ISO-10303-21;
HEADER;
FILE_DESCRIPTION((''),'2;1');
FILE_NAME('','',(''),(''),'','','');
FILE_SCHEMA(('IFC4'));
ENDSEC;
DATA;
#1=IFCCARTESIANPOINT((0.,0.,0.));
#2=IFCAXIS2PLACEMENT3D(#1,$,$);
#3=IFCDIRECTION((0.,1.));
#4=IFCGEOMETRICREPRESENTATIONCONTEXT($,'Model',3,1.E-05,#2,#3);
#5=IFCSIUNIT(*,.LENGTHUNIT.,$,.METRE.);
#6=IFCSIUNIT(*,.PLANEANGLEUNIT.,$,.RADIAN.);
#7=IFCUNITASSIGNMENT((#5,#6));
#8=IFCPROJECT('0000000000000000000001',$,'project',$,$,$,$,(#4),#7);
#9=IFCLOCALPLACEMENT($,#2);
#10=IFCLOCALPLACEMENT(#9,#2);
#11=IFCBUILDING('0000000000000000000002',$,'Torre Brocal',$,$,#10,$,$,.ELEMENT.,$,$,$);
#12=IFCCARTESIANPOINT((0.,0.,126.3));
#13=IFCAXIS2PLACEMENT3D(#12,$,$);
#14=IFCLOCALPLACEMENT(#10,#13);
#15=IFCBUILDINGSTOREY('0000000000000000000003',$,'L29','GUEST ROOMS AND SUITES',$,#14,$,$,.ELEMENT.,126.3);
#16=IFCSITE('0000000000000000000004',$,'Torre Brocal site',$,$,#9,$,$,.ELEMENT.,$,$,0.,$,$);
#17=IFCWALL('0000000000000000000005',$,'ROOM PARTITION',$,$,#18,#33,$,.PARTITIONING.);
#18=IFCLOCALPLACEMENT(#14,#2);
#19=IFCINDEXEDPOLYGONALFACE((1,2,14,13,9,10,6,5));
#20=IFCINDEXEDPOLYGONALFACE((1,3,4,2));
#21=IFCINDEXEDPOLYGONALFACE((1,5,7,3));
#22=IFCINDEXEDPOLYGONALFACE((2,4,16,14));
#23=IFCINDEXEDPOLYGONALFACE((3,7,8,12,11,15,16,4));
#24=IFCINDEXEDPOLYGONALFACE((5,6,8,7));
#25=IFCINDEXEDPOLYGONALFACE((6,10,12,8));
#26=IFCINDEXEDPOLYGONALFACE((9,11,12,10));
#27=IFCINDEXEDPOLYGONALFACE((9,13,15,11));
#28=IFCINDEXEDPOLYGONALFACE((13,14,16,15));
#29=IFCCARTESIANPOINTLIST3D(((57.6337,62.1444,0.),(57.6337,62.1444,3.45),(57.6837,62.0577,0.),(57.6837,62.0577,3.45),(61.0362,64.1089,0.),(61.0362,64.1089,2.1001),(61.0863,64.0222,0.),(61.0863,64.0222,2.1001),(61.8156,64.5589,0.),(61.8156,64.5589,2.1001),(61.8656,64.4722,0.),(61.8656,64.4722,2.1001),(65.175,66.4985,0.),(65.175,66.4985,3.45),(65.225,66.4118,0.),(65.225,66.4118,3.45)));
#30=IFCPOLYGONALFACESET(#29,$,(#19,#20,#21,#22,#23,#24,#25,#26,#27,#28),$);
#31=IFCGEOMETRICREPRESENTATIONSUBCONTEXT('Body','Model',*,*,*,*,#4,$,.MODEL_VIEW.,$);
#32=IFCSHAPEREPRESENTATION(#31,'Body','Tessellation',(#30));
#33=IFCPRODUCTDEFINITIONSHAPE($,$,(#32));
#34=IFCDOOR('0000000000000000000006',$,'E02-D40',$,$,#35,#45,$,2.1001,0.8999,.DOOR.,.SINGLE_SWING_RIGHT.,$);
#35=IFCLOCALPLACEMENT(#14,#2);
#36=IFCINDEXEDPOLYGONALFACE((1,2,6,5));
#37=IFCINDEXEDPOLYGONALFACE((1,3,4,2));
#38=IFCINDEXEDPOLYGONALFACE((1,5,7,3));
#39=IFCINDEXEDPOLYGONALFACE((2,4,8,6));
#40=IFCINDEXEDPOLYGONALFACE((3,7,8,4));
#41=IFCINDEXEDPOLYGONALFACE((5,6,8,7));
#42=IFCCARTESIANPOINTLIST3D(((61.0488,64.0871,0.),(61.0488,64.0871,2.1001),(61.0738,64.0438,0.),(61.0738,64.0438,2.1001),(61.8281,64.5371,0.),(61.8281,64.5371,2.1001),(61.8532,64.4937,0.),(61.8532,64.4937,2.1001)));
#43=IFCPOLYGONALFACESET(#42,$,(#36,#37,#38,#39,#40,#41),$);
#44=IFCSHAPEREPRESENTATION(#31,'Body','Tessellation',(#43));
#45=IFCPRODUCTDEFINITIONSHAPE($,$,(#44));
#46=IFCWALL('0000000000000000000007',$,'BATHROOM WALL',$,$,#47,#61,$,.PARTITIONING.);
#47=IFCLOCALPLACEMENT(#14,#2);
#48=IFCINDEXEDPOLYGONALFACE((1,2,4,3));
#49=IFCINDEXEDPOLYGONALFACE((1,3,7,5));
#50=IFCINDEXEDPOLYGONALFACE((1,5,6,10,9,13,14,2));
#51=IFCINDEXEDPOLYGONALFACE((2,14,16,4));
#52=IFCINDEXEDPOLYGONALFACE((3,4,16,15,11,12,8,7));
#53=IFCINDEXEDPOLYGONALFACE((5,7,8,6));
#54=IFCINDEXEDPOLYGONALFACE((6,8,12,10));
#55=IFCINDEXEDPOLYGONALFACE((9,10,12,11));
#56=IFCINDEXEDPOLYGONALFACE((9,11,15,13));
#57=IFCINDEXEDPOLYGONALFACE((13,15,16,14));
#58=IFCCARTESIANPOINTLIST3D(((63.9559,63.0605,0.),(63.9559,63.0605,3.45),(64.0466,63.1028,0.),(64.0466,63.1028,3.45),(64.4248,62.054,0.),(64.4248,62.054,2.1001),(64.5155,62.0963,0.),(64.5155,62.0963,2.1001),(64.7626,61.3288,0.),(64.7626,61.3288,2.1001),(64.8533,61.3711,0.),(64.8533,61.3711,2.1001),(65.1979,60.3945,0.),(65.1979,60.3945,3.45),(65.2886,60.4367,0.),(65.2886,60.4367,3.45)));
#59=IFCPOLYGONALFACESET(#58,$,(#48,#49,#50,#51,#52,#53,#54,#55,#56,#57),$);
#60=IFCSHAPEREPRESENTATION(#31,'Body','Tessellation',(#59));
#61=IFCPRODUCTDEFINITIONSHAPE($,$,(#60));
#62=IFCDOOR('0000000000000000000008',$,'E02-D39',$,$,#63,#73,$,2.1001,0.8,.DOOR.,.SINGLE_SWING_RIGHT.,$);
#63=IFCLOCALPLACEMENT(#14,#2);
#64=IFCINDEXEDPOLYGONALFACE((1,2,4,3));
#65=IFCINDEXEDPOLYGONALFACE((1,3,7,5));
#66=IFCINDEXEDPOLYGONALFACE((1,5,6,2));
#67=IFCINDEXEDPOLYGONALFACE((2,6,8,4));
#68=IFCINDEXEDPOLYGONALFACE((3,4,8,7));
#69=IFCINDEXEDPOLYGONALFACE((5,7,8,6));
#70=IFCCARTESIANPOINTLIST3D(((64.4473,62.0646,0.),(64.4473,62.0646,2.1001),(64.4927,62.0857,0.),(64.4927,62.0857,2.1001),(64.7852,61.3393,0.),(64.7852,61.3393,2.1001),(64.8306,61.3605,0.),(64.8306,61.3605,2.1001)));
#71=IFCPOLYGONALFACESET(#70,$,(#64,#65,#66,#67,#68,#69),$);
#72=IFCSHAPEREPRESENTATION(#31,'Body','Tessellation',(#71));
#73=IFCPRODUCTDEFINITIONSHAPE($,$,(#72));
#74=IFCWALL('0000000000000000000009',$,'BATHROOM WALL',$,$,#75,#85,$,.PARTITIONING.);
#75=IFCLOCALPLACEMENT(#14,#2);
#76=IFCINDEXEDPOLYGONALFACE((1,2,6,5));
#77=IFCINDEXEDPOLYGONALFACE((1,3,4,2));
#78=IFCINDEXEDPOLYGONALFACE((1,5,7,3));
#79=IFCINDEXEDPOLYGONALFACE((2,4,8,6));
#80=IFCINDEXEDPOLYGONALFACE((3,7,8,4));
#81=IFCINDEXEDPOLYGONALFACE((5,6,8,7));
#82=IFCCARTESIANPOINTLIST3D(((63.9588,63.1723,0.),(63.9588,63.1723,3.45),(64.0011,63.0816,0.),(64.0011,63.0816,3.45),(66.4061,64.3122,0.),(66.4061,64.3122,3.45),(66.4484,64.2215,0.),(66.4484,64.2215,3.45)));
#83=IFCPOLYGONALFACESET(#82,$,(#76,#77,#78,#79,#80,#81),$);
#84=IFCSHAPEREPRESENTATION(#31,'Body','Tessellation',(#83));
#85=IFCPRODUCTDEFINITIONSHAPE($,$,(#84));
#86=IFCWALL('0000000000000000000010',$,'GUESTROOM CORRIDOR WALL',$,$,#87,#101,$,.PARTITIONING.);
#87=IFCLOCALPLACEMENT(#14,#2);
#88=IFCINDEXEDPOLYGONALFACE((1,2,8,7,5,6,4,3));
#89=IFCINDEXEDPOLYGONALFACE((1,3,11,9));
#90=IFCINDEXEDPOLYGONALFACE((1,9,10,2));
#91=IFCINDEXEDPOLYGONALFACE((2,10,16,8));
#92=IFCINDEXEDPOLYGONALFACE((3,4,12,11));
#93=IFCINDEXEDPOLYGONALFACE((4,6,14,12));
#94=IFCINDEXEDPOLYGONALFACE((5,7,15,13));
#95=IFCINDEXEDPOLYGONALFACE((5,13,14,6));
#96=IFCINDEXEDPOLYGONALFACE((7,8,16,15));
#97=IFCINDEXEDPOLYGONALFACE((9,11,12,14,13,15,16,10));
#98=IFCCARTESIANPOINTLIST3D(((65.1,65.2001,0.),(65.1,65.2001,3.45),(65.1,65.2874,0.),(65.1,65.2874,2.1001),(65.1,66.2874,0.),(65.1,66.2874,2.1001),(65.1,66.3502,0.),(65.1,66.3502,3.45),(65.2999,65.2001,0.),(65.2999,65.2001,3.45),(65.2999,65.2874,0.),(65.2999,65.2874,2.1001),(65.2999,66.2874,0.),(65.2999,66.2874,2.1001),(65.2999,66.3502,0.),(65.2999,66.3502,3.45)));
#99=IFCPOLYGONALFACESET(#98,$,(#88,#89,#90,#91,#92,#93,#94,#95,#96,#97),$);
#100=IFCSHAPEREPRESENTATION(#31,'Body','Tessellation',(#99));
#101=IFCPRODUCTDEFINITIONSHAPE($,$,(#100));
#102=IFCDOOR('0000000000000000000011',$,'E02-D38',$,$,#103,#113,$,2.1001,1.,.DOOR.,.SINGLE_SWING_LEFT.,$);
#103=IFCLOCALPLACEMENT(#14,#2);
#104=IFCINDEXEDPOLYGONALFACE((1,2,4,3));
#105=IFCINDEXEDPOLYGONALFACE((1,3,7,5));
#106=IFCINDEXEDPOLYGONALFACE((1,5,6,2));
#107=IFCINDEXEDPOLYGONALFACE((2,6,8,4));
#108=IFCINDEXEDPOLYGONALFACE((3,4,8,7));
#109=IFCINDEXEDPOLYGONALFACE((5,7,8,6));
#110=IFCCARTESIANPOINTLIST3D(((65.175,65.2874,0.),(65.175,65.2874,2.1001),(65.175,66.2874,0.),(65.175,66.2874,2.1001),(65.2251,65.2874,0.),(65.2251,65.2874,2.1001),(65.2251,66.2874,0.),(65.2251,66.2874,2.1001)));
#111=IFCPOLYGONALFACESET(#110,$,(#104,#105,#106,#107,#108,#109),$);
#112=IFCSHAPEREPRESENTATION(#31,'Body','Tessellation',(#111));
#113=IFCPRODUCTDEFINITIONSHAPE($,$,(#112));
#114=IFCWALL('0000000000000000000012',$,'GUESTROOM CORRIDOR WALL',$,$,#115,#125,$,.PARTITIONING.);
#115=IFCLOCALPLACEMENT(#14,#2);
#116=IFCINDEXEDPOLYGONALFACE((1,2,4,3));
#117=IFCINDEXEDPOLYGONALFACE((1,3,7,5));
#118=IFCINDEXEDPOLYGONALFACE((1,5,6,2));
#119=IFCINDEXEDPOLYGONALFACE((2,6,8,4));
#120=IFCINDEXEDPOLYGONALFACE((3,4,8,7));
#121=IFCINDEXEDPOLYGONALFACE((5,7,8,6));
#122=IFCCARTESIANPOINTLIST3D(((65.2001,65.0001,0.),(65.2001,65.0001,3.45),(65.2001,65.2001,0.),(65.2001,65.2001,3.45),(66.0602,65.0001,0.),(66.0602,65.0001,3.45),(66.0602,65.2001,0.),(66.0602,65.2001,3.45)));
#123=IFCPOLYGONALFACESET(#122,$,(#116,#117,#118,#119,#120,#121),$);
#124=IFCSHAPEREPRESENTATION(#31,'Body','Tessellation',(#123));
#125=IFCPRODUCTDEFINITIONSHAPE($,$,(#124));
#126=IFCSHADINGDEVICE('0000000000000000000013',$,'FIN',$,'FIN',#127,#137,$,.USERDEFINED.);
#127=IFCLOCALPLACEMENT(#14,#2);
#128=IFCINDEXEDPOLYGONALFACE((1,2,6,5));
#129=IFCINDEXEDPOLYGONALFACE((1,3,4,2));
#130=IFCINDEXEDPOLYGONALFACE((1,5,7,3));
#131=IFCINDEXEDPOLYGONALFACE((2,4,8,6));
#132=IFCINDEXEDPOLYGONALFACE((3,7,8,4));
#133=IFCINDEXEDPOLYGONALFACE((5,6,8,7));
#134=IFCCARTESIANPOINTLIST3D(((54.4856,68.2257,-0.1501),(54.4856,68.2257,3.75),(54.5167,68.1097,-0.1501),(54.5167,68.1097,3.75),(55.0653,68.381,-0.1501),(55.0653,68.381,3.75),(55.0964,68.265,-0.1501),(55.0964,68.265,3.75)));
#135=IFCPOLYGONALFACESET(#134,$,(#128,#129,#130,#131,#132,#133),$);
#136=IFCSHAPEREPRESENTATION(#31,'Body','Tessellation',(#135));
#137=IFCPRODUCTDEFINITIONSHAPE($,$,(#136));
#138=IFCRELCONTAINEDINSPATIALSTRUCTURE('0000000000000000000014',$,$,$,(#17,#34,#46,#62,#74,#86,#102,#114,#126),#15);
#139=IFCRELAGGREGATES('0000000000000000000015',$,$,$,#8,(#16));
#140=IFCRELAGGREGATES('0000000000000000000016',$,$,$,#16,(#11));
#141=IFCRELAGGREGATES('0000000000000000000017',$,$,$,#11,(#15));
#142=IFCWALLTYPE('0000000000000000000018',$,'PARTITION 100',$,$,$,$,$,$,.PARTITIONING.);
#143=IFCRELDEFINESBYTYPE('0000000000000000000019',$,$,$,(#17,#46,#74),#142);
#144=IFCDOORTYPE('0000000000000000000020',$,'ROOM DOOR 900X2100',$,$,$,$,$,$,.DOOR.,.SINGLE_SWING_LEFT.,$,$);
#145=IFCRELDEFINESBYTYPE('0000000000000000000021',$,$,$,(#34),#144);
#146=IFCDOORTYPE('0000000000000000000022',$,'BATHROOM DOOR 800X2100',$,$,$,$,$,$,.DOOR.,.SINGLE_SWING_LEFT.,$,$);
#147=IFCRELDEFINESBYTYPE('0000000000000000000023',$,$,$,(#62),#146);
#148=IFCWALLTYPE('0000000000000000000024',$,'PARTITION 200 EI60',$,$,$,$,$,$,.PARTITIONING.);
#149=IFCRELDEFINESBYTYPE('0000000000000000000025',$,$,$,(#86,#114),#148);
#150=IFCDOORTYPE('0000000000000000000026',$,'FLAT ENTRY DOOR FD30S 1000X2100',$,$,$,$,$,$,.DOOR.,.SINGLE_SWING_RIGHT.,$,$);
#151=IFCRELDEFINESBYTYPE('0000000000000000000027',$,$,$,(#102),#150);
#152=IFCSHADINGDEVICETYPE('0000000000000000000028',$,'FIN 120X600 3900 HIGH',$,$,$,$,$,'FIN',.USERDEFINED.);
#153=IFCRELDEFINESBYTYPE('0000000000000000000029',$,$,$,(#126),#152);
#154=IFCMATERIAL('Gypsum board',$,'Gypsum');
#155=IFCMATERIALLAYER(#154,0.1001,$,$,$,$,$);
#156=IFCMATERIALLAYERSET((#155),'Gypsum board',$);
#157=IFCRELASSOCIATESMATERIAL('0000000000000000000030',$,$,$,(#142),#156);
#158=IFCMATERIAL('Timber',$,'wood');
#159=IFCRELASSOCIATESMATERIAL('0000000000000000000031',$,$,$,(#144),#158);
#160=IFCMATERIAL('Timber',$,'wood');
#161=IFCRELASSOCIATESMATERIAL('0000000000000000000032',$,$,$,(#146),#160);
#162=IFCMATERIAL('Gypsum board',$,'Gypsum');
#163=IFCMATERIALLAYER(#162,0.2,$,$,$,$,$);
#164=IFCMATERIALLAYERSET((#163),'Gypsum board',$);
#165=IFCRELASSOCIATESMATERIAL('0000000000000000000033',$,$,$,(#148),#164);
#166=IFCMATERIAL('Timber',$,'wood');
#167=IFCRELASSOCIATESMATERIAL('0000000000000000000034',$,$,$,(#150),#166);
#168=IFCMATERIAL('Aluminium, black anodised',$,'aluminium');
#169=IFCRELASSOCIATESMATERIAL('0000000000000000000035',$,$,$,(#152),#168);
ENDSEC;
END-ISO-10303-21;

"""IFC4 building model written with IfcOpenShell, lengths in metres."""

from ifc_helpers import new_model, si_unit, direction, frame, frame_2d, origin, origin_2d, place, context, subcontext, project, spatial, rectangle, extrude, material, layer, layer_set, material_profile, profile_set, type_object, element, fill, save


model = new_model("IFC4")

# Units and contexts
model_context = context("Model", 3, precision=1e-05, world=origin(), true_north=direction((0.0, 1.0)))
body_context = subcontext(model_context, "Body", "Model", "MODEL_VIEW")
ifc_project = project(units=[si_unit("LENGTHUNIT", "METRE"), si_unit("PLANEANGLEUNIT", "RADIAN")], contexts=[model_context])

# Site, building, storey
site_placement = place(None, origin())
site = spatial("IfcSite", under=ifc_project, at=site_placement, Name="Torre Brocal site", CompositionType="ELEMENT", RefElevation=0.0)
building_placement = place(site_placement, origin())
building = spatial("IfcBuilding", under=site, at=building_placement, Name="Torre Brocal", CompositionType="ELEMENT")
storey_placement = place(building_placement, frame((0.0, 0.0, 126.3)))
storey = spatial("IfcBuildingStorey", under=building, at=storey_placement, Name="L29", Description="GUEST ROOMS AND SUITES", CompositionType="ELEMENT", Elevation=126.3)

# Walls, openings, doors
ifc_material_1 = material(Name="Gypsum board", Category="Gypsum")
ifc_layer_1 = layer(ifc_material_1, 0.1001)
ifc_layer_set_1 = layer_set([ifc_layer_1], Name="Gypsum board")
wall_type_1 = type_object("IfcWallType", Name="PARTITION 100", PredefinedType="PARTITIONING", material=ifc_layer_set_1)
wall_1_placement = place(storey_placement, frame((57.6587, 62.1011, 0.0), z_axis=(0.0, 0.0, 1.0), x_axis=(0.866023, 0.500005, 0.0)))
wall_1 = element("IfcWall", 1, at=wall_1_placement, inside=storey, type_object=wall_type_1, Name="ROOM PARTITION", PredefinedType="PARTITIONING", context=body_context, shape_type="SweptSolid", body=[
    extrude(rectangle(XDim=8.708, YDim=0.1001, at=frame_2d((4.354, 0.0))), origin(), (0.0, 0.0, 1.0), 3.45),
])
opening_1_placement = place(wall_1_placement, frame((3.929, 0.0, 0.0)))
opening_1 = element("IfcOpeningElement", 2, at=opening_1_placement, cuts=wall_1, PredefinedType="OPENING", context=body_context, shape_type="SweptSolid", body=[
    extrude(rectangle(XDim=0.8999, YDim=2.1001, at=frame_2d((0.45, 1.05))), frame((0.0, 0.0601, 0.0), z_axis=(0.0, -1.0, 0.0), x_axis=(1.0, 0.0, 0.0)), (0.0, 0.0, 1.0), 0.1201),
])
ifc_material_2 = material(Name="Timber", Category="wood")
door_type_1 = type_object("IfcDoorType", Name="ROOM DOOR 900X2100", OperationType="SINGLE_SWING_LEFT", PredefinedType="DOOR", material=ifc_material_2)
door_1_placement = place(opening_1_placement, origin())
door_1 = element("IfcDoor", 3, at=door_1_placement, inside=storey, type_object=door_type_1, Name="E02-D40", OperationType="SINGLE_SWING_RIGHT", OverallHeight=2.1001, OverallWidth=0.8999, PredefinedType="DOOR", context=body_context, shape_type="SweptSolid", body=[
    extrude(rectangle(XDim=0.8999, YDim=2.1001, at=frame_2d((0.45, 1.05))), frame((0.0, 0.0249, 0.0), z_axis=(0.0, -1.0, 0.0), x_axis=(1.0, 0.0, 0.0)), (0.0, 0.0, 1.0), 0.05),
])
fill(opening_1, door_1)
wall_2_placement = place(storey_placement, frame((64.0012, 63.0818, 0.0), z_axis=(0.0, 0.0, 1.0), x_axis=(0.422272, -0.906469, 0.0)))
wall_2 = element("IfcWall", 4, at=wall_2_placement, inside=storey, type_object=wall_type_1, Name="BATHROOM WALL", PredefinedType="PARTITIONING", context=body_context, shape_type="SweptSolid", body=[
    extrude(rectangle(XDim=2.9412, YDim=0.1001, at=frame_2d((1.4707, 0.0))), origin(), (0.0, 0.0, 1.0), 3.45),
])
opening_2_placement = place(wall_2_placement, frame((1.1106, 0.0, 0.0)))
opening_2 = element("IfcOpeningElement", 5, at=opening_2_placement, cuts=wall_2, PredefinedType="OPENING", context=body_context, shape_type="SweptSolid", body=[
    extrude(rectangle(XDim=0.8, YDim=2.1001, at=frame_2d((0.3999, 1.05))), frame((0.0, 0.0601, 0.0), z_axis=(0.0, -1.0, 0.0), x_axis=(1.0, 0.0, 0.0)), (0.0, 0.0, 1.0), 0.1201),
])
ifc_material_3 = material(Name="Timber", Category="wood")
door_type_2 = type_object("IfcDoorType", Name="BATHROOM DOOR 800X2100", OperationType="SINGLE_SWING_LEFT", PredefinedType="DOOR", material=ifc_material_3)
door_2_placement = place(opening_2_placement, origin())
door_2 = element("IfcDoor", 6, at=door_2_placement, inside=storey, type_object=door_type_2, Name="E02-D39", OperationType="SINGLE_SWING_RIGHT", OverallHeight=2.1001, OverallWidth=0.8, PredefinedType="DOOR", context=body_context, shape_type="SweptSolid", body=[
    extrude(rectangle(XDim=0.8, YDim=2.1001, at=frame_2d((0.3999, 1.05))), frame((0.0, 0.0249, 0.0), z_axis=(0.0, -1.0, 0.0), x_axis=(1.0, 0.0, 0.0)), (0.0, 0.0, 1.0), 0.05),
])
fill(opening_2, door_2)

# Wall
wall_3_placement = place(storey_placement, frame((63.98, 63.127, 0.0), z_axis=(0.0, 0.0, 1.0), x_axis=(0.90649, 0.422227, 0.0)))
element("IfcWall", 7, at=wall_3_placement, inside=storey, type_object=wall_type_1, Name="BATHROOM WALL", PredefinedType="PARTITIONING", context=body_context, shape_type="SweptSolid", body=[
    extrude(rectangle(XDim=2.6997, YDim=0.1001, at=frame_2d((1.3499, 0.0))), origin(), (0.0, 0.0, 1.0), 3.45),
])

# Wall, opening, door
ifc_material_4 = material(Name="Gypsum board", Category="Gypsum")
ifc_layer_2 = layer(ifc_material_4, 0.2)
ifc_layer_set_2 = layer_set([ifc_layer_2], Name="Gypsum board")
wall_type_2 = type_object("IfcWallType", Name="PARTITION 200 EI60", PredefinedType="PARTITIONING", material=ifc_layer_set_2)
wall_4_placement = place(storey_placement, frame((65.2, 65.2, 0.0), z_axis=(0.0, 0.0, 1.0), x_axis=(0.0, 1.0, 0.0)))
wall_4 = element("IfcWall", 8, at=wall_4_placement, inside=storey, type_object=wall_type_2, Name="GUESTROOM CORRIDOR WALL", PredefinedType="PARTITIONING", context=body_context, shape_type="SweptSolid", body=[
    extrude(rectangle(XDim=1.1501, YDim=0.2, at=frame_2d((0.5752, 0.0))), origin(), (0.0, 0.0, 1.0), 3.45),
])
opening_3_placement = place(wall_4_placement, frame((0.0874, 0.0, 0.0)))
opening_3 = element("IfcOpeningElement", 9, at=opening_3_placement, cuts=wall_4, PredefinedType="OPENING", context=body_context, shape_type="SweptSolid", body=[
    extrude(rectangle(XDim=1.0, YDim=2.1001, at=frame_2d((0.5, 1.05))), frame((0.0, 0.1099, 0.0), z_axis=(0.0, -1.0, 0.0), x_axis=(1.0, 0.0, 0.0)), (0.0, 0.0, 1.0), 0.22),
])
ifc_material_5 = material(Name="Timber", Category="wood")
door_type_3 = type_object("IfcDoorType", Name="FLAT ENTRY DOOR FD30S 1000X2100", OperationType="SINGLE_SWING_RIGHT", PredefinedType="DOOR", material=ifc_material_5)
door_3_placement = place(opening_3_placement, origin())
door_3 = element("IfcDoor", 10, at=door_3_placement, inside=storey, type_object=door_type_3, Name="E02-D38", OperationType="SINGLE_SWING_LEFT", OverallHeight=2.1001, OverallWidth=1.0, PredefinedType="DOOR", context=body_context, shape_type="SweptSolid", body=[
    extrude(rectangle(XDim=1.0, YDim=2.1001, at=frame_2d((0.5, 1.05))), frame((0.0, 0.0249, 0.0), z_axis=(0.0, -1.0, 0.0), x_axis=(1.0, 0.0, 0.0)), (0.0, 0.0, 1.0), 0.05),
])
fill(opening_3, door_3)

# Wall
wall_5_placement = place(storey_placement, frame((65.2, 65.1001, 0.0), z_axis=(0.0, 0.0, 1.0), x_axis=(1.0, 0.0, 0.0)))
element("IfcWall", 11, at=wall_5_placement, inside=storey, type_object=wall_type_2, Name="GUESTROOM CORRIDOR WALL", PredefinedType="PARTITIONING", context=body_context, shape_type="SweptSolid", body=[
    extrude(rectangle(XDim=0.8601, YDim=0.2, at=frame_2d((0.4302, 0.0))), origin(), (0.0, 0.0, 1.0), 3.45),
])

# Shading device
ifc_material_6 = material(Name="Aluminium, black anodised", Category="aluminium")
ifc_material_profile_1 = material_profile(ifc_material_6, rectangle(XDim=0.1201, YDim=0.6001, at=origin_2d()), Name="FIN 120X600 3900 HIGH")
ifc_profile_set_1 = profile_set([ifc_material_profile_1], Name="Aluminium, black anodised")
shading_device_type = type_object("IfcShadingDeviceType", Name="FIN 120X600 3900 HIGH", ElementType="FIN", PredefinedType="USERDEFINED", material=ifc_profile_set_1)
shading_device_placement = place(storey_placement, frame((54.791, 68.2454, -0.1501), z_axis=(0.0, 0.0, 1.0), x_axis=(0.258819, -0.965926, 0.0)))
element("IfcShadingDevice", 12, at=shading_device_placement, inside=storey, type_object=shading_device_type, Name="FIN", ObjectType="FIN", PredefinedType="USERDEFINED", context=body_context, shape_type="SweptSolid", body=[
    extrude(rectangle(XDim=0.1201, YDim=0.6001, at=origin_2d()), origin(), (0.0, 0.0, 1.0), 3.9001),
])

save(model, "model.ifc")
